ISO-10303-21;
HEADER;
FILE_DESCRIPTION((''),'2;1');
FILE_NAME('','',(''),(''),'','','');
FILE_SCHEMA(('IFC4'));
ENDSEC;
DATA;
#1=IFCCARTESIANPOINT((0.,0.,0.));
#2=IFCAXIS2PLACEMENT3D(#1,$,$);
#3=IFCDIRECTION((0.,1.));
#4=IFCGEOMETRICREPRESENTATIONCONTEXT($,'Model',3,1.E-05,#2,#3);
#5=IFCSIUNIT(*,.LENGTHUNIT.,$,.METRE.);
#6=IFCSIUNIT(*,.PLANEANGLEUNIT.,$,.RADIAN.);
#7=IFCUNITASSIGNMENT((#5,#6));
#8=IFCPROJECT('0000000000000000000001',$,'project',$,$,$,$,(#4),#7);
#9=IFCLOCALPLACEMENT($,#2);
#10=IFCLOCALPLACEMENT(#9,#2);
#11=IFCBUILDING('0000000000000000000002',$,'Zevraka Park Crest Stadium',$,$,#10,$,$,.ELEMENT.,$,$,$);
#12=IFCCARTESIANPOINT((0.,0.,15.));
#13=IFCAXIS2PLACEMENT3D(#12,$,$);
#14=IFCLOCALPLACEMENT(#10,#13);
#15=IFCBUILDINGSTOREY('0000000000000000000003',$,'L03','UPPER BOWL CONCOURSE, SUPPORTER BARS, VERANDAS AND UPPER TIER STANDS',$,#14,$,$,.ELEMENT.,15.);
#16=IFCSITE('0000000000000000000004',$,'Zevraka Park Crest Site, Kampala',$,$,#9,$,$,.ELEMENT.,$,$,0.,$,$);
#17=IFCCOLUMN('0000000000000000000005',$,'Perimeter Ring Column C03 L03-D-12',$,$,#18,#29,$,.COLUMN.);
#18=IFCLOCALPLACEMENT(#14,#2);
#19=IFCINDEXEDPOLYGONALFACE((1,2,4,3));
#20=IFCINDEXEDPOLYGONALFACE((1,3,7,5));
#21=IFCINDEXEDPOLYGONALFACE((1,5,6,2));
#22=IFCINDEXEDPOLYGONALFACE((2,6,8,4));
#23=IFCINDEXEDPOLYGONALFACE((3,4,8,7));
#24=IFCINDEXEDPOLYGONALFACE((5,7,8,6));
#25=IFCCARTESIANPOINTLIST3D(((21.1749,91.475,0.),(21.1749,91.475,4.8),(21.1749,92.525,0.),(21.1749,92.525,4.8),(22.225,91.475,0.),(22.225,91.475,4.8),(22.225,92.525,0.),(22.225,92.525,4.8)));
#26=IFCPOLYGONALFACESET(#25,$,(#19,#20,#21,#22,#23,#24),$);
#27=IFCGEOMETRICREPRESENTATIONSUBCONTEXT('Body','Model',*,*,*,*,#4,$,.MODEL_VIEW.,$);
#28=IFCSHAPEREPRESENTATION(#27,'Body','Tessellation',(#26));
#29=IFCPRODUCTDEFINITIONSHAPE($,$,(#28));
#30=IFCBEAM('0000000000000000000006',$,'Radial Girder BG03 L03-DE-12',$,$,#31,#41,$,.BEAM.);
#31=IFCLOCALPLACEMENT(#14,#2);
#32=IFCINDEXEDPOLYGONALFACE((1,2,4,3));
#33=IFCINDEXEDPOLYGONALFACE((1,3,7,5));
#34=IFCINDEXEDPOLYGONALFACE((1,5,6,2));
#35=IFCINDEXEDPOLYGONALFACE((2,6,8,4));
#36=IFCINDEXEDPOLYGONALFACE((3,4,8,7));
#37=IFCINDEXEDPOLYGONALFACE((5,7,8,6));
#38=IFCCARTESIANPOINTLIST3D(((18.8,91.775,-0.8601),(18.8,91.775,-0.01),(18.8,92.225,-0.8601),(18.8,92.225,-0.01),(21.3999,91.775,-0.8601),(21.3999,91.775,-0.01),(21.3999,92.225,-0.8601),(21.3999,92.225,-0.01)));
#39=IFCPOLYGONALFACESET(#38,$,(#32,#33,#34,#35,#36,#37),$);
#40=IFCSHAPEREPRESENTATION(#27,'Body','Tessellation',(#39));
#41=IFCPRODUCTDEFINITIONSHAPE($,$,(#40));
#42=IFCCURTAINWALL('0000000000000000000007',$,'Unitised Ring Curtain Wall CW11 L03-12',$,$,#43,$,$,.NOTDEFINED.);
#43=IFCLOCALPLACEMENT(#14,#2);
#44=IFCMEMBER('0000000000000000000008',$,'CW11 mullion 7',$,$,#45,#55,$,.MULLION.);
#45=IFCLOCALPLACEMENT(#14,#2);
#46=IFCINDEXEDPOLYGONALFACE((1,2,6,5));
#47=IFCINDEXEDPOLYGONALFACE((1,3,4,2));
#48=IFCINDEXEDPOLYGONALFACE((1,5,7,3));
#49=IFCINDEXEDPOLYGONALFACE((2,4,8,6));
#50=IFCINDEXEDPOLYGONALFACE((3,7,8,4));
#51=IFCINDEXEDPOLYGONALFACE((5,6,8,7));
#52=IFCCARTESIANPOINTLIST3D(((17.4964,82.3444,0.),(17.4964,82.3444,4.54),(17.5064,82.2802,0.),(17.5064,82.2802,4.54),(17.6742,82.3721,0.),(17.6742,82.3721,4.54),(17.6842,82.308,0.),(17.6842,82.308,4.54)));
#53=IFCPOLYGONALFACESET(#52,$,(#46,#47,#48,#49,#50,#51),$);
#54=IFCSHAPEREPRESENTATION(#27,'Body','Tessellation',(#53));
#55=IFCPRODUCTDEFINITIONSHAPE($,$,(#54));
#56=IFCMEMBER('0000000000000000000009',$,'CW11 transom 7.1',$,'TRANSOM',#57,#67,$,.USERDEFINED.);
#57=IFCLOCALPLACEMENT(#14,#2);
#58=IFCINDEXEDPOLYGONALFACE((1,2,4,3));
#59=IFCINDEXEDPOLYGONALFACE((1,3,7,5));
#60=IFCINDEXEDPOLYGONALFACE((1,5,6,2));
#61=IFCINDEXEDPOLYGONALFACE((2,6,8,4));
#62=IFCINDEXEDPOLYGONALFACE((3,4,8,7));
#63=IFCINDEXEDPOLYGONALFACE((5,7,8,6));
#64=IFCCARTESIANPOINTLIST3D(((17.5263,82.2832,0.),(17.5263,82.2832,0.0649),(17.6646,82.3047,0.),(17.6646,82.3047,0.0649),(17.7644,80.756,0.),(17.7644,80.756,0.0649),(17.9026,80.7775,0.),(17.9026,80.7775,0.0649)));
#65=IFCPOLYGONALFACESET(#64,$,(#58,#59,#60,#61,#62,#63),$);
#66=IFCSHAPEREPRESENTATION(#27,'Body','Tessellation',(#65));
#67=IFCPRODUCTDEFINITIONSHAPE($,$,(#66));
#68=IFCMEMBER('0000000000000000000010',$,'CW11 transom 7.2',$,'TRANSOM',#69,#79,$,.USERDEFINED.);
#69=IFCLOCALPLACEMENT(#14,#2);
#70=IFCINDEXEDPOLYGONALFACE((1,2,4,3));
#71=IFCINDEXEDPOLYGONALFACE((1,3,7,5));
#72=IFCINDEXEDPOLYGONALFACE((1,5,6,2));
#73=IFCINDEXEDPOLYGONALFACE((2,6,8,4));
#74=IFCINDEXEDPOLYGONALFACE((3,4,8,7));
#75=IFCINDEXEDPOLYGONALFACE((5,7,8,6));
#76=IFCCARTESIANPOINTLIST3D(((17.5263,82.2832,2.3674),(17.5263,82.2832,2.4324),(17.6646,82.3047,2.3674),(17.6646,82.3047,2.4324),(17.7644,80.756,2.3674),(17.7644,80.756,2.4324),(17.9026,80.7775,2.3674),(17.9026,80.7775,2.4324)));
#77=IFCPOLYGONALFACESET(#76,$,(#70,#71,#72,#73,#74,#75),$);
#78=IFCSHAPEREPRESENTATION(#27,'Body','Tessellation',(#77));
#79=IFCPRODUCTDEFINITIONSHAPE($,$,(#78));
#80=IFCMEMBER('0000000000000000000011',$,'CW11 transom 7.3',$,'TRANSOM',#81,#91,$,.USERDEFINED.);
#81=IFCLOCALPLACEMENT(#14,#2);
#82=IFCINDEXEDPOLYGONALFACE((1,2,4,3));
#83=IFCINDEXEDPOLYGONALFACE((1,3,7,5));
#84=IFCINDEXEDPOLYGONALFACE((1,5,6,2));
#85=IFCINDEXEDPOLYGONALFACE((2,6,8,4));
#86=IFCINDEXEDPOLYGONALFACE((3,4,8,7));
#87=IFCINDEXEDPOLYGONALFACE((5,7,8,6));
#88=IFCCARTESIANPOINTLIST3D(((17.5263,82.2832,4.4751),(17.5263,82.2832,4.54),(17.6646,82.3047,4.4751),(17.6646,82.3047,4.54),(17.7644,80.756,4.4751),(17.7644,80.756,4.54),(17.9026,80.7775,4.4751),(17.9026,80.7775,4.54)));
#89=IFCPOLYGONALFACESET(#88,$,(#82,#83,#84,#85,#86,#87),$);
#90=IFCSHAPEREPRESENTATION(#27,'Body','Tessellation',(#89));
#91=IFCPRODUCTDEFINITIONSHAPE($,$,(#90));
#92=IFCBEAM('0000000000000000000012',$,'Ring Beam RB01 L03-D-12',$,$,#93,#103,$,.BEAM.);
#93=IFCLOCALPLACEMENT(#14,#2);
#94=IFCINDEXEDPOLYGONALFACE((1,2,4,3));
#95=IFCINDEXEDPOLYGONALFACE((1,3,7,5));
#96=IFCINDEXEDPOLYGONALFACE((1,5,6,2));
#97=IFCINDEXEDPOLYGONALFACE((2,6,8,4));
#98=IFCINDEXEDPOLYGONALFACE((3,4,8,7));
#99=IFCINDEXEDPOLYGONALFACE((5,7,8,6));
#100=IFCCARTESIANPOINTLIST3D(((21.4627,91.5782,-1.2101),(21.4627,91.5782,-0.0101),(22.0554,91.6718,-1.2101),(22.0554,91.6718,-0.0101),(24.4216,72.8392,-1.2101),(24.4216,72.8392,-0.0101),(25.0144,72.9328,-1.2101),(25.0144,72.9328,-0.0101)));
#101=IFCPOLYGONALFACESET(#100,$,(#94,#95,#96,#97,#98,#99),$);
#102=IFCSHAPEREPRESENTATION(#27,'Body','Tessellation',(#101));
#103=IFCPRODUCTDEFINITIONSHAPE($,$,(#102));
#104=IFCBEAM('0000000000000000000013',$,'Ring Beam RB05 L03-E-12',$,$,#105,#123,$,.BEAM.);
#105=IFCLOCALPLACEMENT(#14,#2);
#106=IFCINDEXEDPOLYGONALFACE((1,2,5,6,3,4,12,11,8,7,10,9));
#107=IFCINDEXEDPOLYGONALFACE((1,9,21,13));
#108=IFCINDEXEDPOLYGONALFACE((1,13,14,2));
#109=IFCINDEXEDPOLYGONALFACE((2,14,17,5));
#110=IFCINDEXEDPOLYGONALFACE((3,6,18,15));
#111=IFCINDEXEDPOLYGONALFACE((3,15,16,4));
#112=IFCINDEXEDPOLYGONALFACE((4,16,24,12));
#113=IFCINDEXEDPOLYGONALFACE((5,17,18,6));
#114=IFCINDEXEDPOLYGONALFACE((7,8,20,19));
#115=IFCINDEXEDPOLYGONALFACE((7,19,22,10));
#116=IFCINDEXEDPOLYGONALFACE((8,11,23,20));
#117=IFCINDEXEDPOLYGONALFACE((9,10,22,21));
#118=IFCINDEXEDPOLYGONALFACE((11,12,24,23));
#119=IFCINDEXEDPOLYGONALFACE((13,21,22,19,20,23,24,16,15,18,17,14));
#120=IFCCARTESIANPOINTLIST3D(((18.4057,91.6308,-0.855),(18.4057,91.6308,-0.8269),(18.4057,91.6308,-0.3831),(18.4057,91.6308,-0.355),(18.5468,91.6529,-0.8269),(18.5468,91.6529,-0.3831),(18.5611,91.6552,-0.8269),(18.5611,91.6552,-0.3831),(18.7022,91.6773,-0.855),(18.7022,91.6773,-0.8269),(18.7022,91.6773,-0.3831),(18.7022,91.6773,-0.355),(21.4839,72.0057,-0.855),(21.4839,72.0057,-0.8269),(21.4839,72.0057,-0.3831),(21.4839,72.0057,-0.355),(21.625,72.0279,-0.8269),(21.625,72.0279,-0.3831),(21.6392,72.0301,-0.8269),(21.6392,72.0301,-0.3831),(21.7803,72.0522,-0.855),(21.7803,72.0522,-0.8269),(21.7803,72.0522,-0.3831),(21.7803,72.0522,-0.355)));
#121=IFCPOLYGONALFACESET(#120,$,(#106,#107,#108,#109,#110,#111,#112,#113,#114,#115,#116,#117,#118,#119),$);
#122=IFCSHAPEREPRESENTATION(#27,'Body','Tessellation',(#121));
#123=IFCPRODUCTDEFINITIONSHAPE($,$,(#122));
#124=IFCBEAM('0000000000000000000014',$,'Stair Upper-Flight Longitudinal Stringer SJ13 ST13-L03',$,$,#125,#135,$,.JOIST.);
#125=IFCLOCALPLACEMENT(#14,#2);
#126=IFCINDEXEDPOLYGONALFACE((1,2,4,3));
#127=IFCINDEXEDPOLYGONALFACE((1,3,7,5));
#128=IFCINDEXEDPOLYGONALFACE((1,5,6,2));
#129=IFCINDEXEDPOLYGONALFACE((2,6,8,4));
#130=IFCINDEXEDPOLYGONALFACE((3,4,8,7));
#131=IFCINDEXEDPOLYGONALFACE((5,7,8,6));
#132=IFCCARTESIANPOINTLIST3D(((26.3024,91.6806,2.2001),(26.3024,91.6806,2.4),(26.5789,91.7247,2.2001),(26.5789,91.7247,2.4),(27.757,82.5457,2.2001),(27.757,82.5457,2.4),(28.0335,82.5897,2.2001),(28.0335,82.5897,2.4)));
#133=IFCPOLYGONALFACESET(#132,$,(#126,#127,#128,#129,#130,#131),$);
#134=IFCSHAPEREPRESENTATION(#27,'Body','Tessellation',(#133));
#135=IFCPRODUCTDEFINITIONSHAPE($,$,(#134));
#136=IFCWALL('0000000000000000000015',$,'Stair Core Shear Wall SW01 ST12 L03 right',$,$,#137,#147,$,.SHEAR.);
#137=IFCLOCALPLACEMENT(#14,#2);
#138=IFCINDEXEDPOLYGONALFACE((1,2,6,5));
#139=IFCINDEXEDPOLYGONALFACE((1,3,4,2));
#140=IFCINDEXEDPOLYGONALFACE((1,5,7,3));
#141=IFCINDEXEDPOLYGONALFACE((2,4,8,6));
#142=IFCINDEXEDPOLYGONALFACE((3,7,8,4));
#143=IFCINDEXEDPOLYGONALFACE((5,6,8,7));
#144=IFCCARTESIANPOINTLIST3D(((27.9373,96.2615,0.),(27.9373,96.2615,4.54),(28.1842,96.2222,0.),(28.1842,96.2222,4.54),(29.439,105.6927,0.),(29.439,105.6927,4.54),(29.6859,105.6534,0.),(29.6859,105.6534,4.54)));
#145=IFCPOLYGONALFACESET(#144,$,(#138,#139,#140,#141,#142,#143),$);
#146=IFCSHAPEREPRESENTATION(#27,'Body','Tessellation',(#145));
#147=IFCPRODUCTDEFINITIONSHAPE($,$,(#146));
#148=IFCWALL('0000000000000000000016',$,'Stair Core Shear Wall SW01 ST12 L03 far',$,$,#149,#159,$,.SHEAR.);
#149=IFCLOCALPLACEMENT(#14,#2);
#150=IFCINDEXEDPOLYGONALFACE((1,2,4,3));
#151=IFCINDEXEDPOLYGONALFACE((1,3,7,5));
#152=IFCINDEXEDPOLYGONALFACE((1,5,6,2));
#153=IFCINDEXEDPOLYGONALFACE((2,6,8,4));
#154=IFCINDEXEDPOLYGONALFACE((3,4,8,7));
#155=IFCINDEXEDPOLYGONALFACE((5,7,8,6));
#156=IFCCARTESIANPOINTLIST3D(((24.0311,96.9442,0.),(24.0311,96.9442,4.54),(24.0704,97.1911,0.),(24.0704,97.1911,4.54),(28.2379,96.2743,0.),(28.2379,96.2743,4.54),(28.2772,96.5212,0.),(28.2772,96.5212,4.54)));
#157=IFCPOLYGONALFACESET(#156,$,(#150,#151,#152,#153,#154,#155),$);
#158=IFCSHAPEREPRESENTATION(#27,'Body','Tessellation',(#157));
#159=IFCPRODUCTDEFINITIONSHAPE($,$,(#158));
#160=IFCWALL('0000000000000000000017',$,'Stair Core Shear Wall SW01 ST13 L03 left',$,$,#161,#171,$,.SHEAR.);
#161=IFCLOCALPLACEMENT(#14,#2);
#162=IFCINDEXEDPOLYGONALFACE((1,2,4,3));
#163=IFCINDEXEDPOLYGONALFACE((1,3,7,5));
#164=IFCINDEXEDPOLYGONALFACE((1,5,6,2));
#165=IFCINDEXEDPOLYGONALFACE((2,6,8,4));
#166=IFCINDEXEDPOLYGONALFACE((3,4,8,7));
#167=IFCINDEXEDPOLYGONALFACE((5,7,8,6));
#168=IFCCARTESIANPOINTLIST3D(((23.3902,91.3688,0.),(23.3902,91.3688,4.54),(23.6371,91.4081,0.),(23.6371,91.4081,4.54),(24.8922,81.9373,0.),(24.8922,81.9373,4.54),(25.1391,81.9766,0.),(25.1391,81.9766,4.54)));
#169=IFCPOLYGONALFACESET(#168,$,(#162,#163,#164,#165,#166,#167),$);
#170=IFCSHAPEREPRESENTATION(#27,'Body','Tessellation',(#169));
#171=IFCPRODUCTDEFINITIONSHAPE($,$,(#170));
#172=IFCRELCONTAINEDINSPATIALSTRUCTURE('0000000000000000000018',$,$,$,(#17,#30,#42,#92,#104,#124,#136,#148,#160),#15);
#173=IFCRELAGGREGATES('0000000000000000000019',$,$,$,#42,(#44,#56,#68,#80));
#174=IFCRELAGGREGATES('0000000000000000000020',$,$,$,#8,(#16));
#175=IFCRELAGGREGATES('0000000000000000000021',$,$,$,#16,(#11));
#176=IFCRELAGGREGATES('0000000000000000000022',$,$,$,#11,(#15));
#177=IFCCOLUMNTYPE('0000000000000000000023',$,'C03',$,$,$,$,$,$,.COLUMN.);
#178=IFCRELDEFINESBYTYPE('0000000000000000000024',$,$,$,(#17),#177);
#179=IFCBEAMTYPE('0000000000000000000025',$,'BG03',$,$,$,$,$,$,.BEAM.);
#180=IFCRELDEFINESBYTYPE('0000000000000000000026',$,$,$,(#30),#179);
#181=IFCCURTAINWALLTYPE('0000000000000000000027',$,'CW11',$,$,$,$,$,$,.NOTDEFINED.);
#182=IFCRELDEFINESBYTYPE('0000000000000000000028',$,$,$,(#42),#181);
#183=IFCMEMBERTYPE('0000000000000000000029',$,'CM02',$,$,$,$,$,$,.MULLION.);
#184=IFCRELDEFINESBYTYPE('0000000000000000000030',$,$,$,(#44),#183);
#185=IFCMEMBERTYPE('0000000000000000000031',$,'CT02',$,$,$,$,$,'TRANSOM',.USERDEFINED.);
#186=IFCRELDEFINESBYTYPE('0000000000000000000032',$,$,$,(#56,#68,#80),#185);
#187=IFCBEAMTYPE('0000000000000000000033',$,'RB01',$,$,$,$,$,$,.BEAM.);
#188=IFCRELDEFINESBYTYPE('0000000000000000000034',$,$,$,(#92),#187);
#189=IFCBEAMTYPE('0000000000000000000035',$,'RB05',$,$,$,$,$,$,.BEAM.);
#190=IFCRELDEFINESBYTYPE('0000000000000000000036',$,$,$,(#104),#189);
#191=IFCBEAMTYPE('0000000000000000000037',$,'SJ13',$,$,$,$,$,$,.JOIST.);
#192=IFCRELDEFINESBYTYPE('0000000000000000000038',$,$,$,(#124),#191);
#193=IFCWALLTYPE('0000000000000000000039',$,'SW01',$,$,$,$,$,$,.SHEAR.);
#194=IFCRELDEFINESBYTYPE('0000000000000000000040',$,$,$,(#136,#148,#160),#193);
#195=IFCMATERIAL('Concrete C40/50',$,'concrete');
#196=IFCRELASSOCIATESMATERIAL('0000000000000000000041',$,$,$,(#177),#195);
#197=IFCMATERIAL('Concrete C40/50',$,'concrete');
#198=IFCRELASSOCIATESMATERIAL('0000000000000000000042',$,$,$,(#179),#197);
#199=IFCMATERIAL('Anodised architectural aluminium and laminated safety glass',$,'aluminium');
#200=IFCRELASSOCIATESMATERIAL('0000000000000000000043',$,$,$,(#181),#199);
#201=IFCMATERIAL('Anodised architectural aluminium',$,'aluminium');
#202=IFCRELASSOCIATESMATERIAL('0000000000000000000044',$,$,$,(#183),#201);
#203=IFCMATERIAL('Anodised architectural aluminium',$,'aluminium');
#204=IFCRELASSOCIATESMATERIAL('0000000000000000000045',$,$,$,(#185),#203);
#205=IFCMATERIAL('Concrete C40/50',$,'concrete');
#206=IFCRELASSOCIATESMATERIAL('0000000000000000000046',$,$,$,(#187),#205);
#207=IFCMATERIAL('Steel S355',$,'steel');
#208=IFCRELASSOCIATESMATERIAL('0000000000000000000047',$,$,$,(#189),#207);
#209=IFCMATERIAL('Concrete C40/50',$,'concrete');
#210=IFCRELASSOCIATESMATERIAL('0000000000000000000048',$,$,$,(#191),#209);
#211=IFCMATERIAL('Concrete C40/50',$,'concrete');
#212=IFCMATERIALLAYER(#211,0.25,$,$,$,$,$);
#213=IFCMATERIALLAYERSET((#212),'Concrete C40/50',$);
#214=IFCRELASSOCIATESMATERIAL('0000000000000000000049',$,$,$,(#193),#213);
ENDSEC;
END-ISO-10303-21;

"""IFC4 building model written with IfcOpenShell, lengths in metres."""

from ifc_helpers import new_model, si_unit, direction, frame, frame_2d, origin, origin_2d, place, context, subcontext, project, spatial, rectangle, i_section, extrude, material, layer, layer_set, material_profile, profile_set, type_object, element, aggregate, save


model = new_model("IFC4")

# Units and contexts
model_context = context("Model", 3, precision=1e-05, world=origin(), true_north=direction((0.0, 1.0)))
body_context = subcontext(model_context, "Body", "Model", "MODEL_VIEW")
ifc_project = project(units=[si_unit("LENGTHUNIT", "METRE"), si_unit("PLANEANGLEUNIT", "RADIAN")], contexts=[model_context])

# Site, building, storey
site_placement = place(None, origin())
site = spatial("IfcSite", under=ifc_project, at=site_placement, Name="Zevraka Park Crest Site, Kampala", CompositionType="ELEMENT", RefElevation=0.0)
building_placement = place(site_placement, origin())
building = spatial("IfcBuilding", under=site, at=building_placement, Name="Zevraka Park Crest Stadium", CompositionType="ELEMENT")
storey_placement = place(building_placement, frame((0.0, 0.0, 15.0)))
storey = spatial("IfcBuildingStorey", under=building, at=storey_placement, Name="L03", Description="UPPER BOWL CONCOURSE, SUPPORTER BARS, VERANDAS AND UPPER TIER STANDS", CompositionType="ELEMENT", Elevation=15.0)

# Column
ifc_material_1 = material(Name="Concrete C40/50", Category="concrete")
ifc_material_profile_1 = material_profile(ifc_material_1, rectangle(XDim=1.05, YDim=1.05, at=origin_2d()), Name="RC 1050x1050")
ifc_profile_set_1 = profile_set([ifc_material_profile_1], Name="Concrete C40/50")
column_type = type_object("IfcColumnType", Name="C03", PredefinedType="COLUMN", material=ifc_profile_set_1)
column_placement = place(storey_placement, frame((21.7, 92.0, 0.0), z_axis=(0.0, 0.0, 1.0), x_axis=(1.0, 0.0, 0.0)))
element("IfcColumn", 1, at=column_placement, inside=storey, type_object=column_type, Name="Perimeter Ring Column C03 L03-D-12", PredefinedType="COLUMN", context=body_context, shape_type="SweptSolid", body=[
    extrude(rectangle(XDim=1.05, YDim=1.05, at=origin_2d()), origin(), (0.0, 0.0, 1.0), 4.8),
])

# Beam
ifc_material_2 = material(Name="Concrete C40/50", Category="concrete")
ifc_material_profile_2 = material_profile(ifc_material_2, rectangle(XDim=0.45, YDim=0.8501, at=origin_2d()), Name="RC 850x450")
ifc_profile_set_2 = profile_set([ifc_material_profile_2], Name="Concrete C40/50")
beam_type_1 = type_object("IfcBeamType", Name="BG03", PredefinedType="BEAM", material=ifc_profile_set_2)
beam_1_placement = place(storey_placement, frame((21.3999, 92.0, -0.4351), z_axis=(-1.0, 0.0, 0.0), x_axis=(0.0, -1.0, 0.0)))
element("IfcBeam", 2, at=beam_1_placement, inside=storey, type_object=beam_type_1, Name="Radial Girder BG03 L03-DE-12", PredefinedType="BEAM", context=body_context, shape_type="SweptSolid", body=[
    extrude(rectangle(XDim=0.45, YDim=0.8501, at=origin_2d()), origin(), (0.0, 0.0, 1.0), 2.5999),
])

# Curtain wall, members
ifc_material_3 = material(Name="Anodised architectural aluminium and laminated safety glass", Category="aluminium")
curtain_wall_type = type_object("IfcCurtainWallType", Name="CW11", PredefinedType="NOTDEFINED", material=ifc_material_3)
curtain_wall_placement = place(storey_placement, origin())
curtain_wall = element("IfcCurtainWall", 3, at=curtain_wall_placement, inside=storey, type_object=curtain_wall_type, Name="Unitised Ring Curtain Wall CW11 L03-12", PredefinedType="NOTDEFINED")
ifc_material_4 = material(Name="Anodised architectural aluminium", Category="aluminium")
ifc_material_profile_3 = material_profile(ifc_material_4, rectangle(XDim=0.1799, YDim=0.0649, at=origin_2d()), Name="ALU MULLION 180x65")
ifc_profile_set_3 = profile_set([ifc_material_profile_3], Name="Anodised architectural aluminium")
member_type_1 = type_object("IfcMemberType", Name="CM02", PredefinedType="MULLION", material=ifc_profile_set_3)
member_1_placement = place(storey_placement, frame((17.5903, 82.3262, 0.0), z_axis=(0.0, 0.0, 1.0), x_axis=(0.988051, 0.154128, 0.0)))
member_1 = element("IfcMember", 4, at=member_1_placement, type_object=member_type_1, Name="CW11 mullion 7", PredefinedType="MULLION", context=body_context, shape_type="SweptSolid", body=[
    extrude(rectangle(XDim=0.1799, YDim=0.0649, at=origin_2d()), origin(), (0.0, 0.0, 1.0), 4.54),
])
ifc_material_5 = material(Name="Anodised architectural aluminium", Category="aluminium")
ifc_material_profile_4 = material_profile(ifc_material_5, rectangle(XDim=0.1399, YDim=0.0649, at=origin_2d()), Name="ALU TRANSOM 140x65")
ifc_profile_set_4 = profile_set([ifc_material_profile_4], Name="Anodised architectural aluminium")
member_type_2 = type_object("IfcMemberType", Name="CT02", ElementType="TRANSOM", PredefinedType="USERDEFINED", material=ifc_profile_set_4)
member_2_placement = place(storey_placement, frame((17.5955, 82.2939, 0.0325), z_axis=(0.154015, -0.988068, 0.0), x_axis=(0.988068, 0.154015, 0.0)))
member_2 = element("IfcMember", 5, at=member_2_placement, type_object=member_type_2, Name="CW11 transom 7.1", ObjectType="TRANSOM", PredefinedType="USERDEFINED", context=body_context, shape_type="SweptSolid", body=[
    extrude(rectangle(XDim=0.1399, YDim=0.0649, at=origin_2d()), origin(), (0.0, 0.0, 1.0), 1.5457),
])
member_3_placement = place(storey_placement, frame((17.5955, 82.2939, 2.3999), z_axis=(0.154015, -0.988068, 0.0), x_axis=(0.988068, 0.154015, 0.0)))
member_3 = element("IfcMember", 6, at=member_3_placement, type_object=member_type_2, Name="CW11 transom 7.2", ObjectType="TRANSOM", PredefinedType="USERDEFINED", context=body_context, shape_type="SweptSolid", body=[
    extrude(rectangle(XDim=0.1399, YDim=0.0649, at=origin_2d()), origin(), (0.0, 0.0, 1.0), 1.5457),
])
member_4_placement = place(storey_placement, frame((17.5955, 82.2939, 4.5076), z_axis=(0.154015, -0.988068, 0.0), x_axis=(0.988068, 0.154015, 0.0)))
member_4 = element("IfcMember", 7, at=member_4_placement, type_object=member_type_2, Name="CW11 transom 7.3", ObjectType="TRANSOM", PredefinedType="USERDEFINED", context=body_context, shape_type="SweptSolid", body=[
    extrude(rectangle(XDim=0.1399, YDim=0.0649, at=origin_2d()), origin(), (0.0, 0.0, 1.0), 1.5457),
])
aggregate(curtain_wall, [member_1, member_2, member_3, member_4])

# Beams
ifc_material_6 = material(Name="Concrete C40/50", Category="concrete")
ifc_material_profile_5 = material_profile(ifc_material_6, rectangle(XDim=0.6001, YDim=1.2, at=origin_2d()), Name="RC 1200x600")
ifc_profile_set_5 = profile_set([ifc_material_profile_5], Name="Concrete C40/50")
beam_type_2 = type_object("IfcBeamType", Name="RB01", PredefinedType="BEAM", material=ifc_profile_set_5)
beam_2_placement = place(storey_placement, frame((21.759, 91.625, -0.6101), z_axis=(0.155972, -0.987761, 0.0), x_axis=(0.987761, 0.155972, 0.0)))
element("IfcBeam", 8, at=beam_2_placement, inside=storey, type_object=beam_type_2, Name="Ring Beam RB01 L03-D-12", PredefinedType="BEAM", context=body_context, shape_type="SweptSolid", body=[
    extrude(rectangle(XDim=0.6001, YDim=1.2, at=origin_2d()), origin(), (0.0, 0.0, 1.0), 18.9712),
])
ifc_material_7 = material(Name="Steel S355", Category="steel")
ifc_material_profile_6 = material_profile(ifc_material_7, i_section(OverallWidth=0.3, OverallDepth=0.5, WebThickness=0.0144, FlangeThickness=0.0281, at=origin_2d()), Name="HEB 500")
ifc_profile_set_6 = profile_set([ifc_material_profile_6], Name="Steel S355")
beam_type_3 = type_object("IfcBeamType", Name="RB05", PredefinedType="BEAM", material=ifc_profile_set_6)
beam_3_placement = place(storey_placement, frame((18.554, 91.6541, -0.605), z_axis=(0.154953, -0.987922, 0.0), x_axis=(0.987922, 0.154953, 0.0)))
element("IfcBeam", 9, at=beam_3_placement, inside=storey, type_object=beam_type_3, Name="Ring Beam RB05 L03-E-12", PredefinedType="BEAM", context=body_context, shape_type="SweptSolid", body=[
    extrude(i_section(OverallWidth=0.3, OverallDepth=0.5, WebThickness=0.0144, FlangeThickness=0.0281, at=origin_2d()), origin(), (0.0, 0.0, 1.0), 19.865),
])
ifc_material_8 = material(Name="Concrete C40/50", Category="concrete")
ifc_material_profile_7 = material_profile(ifc_material_8, rectangle(XDim=0.28, YDim=0.2, at=origin_2d()), Name="RC 200x280")
ifc_profile_set_7 = profile_set([ifc_material_profile_7], Name="Concrete C40/50")
beam_type_4 = type_object("IfcBeamType", Name="SJ13", PredefinedType="JOIST", material=ifc_profile_set_7)
beam_4_placement = place(storey_placement, frame((26.4407, 91.7026, 2.3), z_axis=(0.157251, -0.987559, 0.0), x_axis=(0.987559, 0.157251, 0.0)))
element("IfcBeam", 10, at=beam_4_placement, inside=storey, type_object=beam_type_4, Name="Stair Upper-Flight Longitudinal Stringer SJ13 ST13-L03", PredefinedType="JOIST", context=body_context, shape_type="SweptSolid", body=[
    extrude(rectangle(XDim=0.28, YDim=0.2, at=origin_2d()), origin(), (0.0, 0.0, 1.0), 9.25),
])

# Walls
ifc_material_9 = material(Name="Concrete C40/50", Category="concrete")
ifc_layer = layer(ifc_material_9, 0.25)
ifc_layer_set = layer_set([ifc_layer], Name="Concrete C40/50")
wall_type = type_object("IfcWallType", Name="SW01", PredefinedType="SHEAR", material=ifc_layer_set)
wall_1_placement = place(storey_placement, frame((28.0608, 96.2419, 0.0), z_axis=(0.0, 0.0, 1.0), x_axis=(0.157248, 0.987559, 0.0)))
element("IfcWall", 11, at=wall_1_placement, inside=storey, type_object=wall_type, Name="Stair Core Shear Wall SW01 ST12 L03 right", PredefinedType="SHEAR", context=body_context, shape_type="SweptSolid", body=[
    extrude(rectangle(XDim=9.55, YDim=0.25, at=frame_2d((4.7749, 0.0))), origin(), (0.0, 0.0, 1.0), 4.54),
])
wall_2_placement = place(storey_placement, frame((24.0508, 97.0676, 0.0), z_axis=(0.0, 0.0, 1.0), x_axis=(0.987556, -0.157266, 0.0)))
element("IfcWall", 12, at=wall_2_placement, inside=storey, type_object=wall_type, Name="Stair Core Shear Wall SW01 ST12 L03 far", PredefinedType="SHEAR", context=body_context, shape_type="SweptSolid", body=[
    extrude(rectangle(XDim=4.2598, YDim=0.25, at=frame_2d((2.1299, 0.0))), origin(), (0.0, 0.0, 1.0), 4.54),
])
wall_3_placement = place(storey_placement, frame((23.5137, 91.3884, 0.0), z_axis=(0.0, 0.0, 1.0), x_axis=(0.157269, -0.987556, 0.0)))
element("IfcWall", 13, at=wall_3_placement, inside=storey, type_object=wall_type, Name="Stair Core Shear Wall SW01 ST13 L03 left", PredefinedType="SHEAR", context=body_context, shape_type="SweptSolid", body=[
    extrude(rectangle(XDim=9.5503, YDim=0.25, at=frame_2d((4.7751, 0.0))), origin(), (0.0, 0.0, 1.0), 4.54),
])

save(model, "model.ifc")
